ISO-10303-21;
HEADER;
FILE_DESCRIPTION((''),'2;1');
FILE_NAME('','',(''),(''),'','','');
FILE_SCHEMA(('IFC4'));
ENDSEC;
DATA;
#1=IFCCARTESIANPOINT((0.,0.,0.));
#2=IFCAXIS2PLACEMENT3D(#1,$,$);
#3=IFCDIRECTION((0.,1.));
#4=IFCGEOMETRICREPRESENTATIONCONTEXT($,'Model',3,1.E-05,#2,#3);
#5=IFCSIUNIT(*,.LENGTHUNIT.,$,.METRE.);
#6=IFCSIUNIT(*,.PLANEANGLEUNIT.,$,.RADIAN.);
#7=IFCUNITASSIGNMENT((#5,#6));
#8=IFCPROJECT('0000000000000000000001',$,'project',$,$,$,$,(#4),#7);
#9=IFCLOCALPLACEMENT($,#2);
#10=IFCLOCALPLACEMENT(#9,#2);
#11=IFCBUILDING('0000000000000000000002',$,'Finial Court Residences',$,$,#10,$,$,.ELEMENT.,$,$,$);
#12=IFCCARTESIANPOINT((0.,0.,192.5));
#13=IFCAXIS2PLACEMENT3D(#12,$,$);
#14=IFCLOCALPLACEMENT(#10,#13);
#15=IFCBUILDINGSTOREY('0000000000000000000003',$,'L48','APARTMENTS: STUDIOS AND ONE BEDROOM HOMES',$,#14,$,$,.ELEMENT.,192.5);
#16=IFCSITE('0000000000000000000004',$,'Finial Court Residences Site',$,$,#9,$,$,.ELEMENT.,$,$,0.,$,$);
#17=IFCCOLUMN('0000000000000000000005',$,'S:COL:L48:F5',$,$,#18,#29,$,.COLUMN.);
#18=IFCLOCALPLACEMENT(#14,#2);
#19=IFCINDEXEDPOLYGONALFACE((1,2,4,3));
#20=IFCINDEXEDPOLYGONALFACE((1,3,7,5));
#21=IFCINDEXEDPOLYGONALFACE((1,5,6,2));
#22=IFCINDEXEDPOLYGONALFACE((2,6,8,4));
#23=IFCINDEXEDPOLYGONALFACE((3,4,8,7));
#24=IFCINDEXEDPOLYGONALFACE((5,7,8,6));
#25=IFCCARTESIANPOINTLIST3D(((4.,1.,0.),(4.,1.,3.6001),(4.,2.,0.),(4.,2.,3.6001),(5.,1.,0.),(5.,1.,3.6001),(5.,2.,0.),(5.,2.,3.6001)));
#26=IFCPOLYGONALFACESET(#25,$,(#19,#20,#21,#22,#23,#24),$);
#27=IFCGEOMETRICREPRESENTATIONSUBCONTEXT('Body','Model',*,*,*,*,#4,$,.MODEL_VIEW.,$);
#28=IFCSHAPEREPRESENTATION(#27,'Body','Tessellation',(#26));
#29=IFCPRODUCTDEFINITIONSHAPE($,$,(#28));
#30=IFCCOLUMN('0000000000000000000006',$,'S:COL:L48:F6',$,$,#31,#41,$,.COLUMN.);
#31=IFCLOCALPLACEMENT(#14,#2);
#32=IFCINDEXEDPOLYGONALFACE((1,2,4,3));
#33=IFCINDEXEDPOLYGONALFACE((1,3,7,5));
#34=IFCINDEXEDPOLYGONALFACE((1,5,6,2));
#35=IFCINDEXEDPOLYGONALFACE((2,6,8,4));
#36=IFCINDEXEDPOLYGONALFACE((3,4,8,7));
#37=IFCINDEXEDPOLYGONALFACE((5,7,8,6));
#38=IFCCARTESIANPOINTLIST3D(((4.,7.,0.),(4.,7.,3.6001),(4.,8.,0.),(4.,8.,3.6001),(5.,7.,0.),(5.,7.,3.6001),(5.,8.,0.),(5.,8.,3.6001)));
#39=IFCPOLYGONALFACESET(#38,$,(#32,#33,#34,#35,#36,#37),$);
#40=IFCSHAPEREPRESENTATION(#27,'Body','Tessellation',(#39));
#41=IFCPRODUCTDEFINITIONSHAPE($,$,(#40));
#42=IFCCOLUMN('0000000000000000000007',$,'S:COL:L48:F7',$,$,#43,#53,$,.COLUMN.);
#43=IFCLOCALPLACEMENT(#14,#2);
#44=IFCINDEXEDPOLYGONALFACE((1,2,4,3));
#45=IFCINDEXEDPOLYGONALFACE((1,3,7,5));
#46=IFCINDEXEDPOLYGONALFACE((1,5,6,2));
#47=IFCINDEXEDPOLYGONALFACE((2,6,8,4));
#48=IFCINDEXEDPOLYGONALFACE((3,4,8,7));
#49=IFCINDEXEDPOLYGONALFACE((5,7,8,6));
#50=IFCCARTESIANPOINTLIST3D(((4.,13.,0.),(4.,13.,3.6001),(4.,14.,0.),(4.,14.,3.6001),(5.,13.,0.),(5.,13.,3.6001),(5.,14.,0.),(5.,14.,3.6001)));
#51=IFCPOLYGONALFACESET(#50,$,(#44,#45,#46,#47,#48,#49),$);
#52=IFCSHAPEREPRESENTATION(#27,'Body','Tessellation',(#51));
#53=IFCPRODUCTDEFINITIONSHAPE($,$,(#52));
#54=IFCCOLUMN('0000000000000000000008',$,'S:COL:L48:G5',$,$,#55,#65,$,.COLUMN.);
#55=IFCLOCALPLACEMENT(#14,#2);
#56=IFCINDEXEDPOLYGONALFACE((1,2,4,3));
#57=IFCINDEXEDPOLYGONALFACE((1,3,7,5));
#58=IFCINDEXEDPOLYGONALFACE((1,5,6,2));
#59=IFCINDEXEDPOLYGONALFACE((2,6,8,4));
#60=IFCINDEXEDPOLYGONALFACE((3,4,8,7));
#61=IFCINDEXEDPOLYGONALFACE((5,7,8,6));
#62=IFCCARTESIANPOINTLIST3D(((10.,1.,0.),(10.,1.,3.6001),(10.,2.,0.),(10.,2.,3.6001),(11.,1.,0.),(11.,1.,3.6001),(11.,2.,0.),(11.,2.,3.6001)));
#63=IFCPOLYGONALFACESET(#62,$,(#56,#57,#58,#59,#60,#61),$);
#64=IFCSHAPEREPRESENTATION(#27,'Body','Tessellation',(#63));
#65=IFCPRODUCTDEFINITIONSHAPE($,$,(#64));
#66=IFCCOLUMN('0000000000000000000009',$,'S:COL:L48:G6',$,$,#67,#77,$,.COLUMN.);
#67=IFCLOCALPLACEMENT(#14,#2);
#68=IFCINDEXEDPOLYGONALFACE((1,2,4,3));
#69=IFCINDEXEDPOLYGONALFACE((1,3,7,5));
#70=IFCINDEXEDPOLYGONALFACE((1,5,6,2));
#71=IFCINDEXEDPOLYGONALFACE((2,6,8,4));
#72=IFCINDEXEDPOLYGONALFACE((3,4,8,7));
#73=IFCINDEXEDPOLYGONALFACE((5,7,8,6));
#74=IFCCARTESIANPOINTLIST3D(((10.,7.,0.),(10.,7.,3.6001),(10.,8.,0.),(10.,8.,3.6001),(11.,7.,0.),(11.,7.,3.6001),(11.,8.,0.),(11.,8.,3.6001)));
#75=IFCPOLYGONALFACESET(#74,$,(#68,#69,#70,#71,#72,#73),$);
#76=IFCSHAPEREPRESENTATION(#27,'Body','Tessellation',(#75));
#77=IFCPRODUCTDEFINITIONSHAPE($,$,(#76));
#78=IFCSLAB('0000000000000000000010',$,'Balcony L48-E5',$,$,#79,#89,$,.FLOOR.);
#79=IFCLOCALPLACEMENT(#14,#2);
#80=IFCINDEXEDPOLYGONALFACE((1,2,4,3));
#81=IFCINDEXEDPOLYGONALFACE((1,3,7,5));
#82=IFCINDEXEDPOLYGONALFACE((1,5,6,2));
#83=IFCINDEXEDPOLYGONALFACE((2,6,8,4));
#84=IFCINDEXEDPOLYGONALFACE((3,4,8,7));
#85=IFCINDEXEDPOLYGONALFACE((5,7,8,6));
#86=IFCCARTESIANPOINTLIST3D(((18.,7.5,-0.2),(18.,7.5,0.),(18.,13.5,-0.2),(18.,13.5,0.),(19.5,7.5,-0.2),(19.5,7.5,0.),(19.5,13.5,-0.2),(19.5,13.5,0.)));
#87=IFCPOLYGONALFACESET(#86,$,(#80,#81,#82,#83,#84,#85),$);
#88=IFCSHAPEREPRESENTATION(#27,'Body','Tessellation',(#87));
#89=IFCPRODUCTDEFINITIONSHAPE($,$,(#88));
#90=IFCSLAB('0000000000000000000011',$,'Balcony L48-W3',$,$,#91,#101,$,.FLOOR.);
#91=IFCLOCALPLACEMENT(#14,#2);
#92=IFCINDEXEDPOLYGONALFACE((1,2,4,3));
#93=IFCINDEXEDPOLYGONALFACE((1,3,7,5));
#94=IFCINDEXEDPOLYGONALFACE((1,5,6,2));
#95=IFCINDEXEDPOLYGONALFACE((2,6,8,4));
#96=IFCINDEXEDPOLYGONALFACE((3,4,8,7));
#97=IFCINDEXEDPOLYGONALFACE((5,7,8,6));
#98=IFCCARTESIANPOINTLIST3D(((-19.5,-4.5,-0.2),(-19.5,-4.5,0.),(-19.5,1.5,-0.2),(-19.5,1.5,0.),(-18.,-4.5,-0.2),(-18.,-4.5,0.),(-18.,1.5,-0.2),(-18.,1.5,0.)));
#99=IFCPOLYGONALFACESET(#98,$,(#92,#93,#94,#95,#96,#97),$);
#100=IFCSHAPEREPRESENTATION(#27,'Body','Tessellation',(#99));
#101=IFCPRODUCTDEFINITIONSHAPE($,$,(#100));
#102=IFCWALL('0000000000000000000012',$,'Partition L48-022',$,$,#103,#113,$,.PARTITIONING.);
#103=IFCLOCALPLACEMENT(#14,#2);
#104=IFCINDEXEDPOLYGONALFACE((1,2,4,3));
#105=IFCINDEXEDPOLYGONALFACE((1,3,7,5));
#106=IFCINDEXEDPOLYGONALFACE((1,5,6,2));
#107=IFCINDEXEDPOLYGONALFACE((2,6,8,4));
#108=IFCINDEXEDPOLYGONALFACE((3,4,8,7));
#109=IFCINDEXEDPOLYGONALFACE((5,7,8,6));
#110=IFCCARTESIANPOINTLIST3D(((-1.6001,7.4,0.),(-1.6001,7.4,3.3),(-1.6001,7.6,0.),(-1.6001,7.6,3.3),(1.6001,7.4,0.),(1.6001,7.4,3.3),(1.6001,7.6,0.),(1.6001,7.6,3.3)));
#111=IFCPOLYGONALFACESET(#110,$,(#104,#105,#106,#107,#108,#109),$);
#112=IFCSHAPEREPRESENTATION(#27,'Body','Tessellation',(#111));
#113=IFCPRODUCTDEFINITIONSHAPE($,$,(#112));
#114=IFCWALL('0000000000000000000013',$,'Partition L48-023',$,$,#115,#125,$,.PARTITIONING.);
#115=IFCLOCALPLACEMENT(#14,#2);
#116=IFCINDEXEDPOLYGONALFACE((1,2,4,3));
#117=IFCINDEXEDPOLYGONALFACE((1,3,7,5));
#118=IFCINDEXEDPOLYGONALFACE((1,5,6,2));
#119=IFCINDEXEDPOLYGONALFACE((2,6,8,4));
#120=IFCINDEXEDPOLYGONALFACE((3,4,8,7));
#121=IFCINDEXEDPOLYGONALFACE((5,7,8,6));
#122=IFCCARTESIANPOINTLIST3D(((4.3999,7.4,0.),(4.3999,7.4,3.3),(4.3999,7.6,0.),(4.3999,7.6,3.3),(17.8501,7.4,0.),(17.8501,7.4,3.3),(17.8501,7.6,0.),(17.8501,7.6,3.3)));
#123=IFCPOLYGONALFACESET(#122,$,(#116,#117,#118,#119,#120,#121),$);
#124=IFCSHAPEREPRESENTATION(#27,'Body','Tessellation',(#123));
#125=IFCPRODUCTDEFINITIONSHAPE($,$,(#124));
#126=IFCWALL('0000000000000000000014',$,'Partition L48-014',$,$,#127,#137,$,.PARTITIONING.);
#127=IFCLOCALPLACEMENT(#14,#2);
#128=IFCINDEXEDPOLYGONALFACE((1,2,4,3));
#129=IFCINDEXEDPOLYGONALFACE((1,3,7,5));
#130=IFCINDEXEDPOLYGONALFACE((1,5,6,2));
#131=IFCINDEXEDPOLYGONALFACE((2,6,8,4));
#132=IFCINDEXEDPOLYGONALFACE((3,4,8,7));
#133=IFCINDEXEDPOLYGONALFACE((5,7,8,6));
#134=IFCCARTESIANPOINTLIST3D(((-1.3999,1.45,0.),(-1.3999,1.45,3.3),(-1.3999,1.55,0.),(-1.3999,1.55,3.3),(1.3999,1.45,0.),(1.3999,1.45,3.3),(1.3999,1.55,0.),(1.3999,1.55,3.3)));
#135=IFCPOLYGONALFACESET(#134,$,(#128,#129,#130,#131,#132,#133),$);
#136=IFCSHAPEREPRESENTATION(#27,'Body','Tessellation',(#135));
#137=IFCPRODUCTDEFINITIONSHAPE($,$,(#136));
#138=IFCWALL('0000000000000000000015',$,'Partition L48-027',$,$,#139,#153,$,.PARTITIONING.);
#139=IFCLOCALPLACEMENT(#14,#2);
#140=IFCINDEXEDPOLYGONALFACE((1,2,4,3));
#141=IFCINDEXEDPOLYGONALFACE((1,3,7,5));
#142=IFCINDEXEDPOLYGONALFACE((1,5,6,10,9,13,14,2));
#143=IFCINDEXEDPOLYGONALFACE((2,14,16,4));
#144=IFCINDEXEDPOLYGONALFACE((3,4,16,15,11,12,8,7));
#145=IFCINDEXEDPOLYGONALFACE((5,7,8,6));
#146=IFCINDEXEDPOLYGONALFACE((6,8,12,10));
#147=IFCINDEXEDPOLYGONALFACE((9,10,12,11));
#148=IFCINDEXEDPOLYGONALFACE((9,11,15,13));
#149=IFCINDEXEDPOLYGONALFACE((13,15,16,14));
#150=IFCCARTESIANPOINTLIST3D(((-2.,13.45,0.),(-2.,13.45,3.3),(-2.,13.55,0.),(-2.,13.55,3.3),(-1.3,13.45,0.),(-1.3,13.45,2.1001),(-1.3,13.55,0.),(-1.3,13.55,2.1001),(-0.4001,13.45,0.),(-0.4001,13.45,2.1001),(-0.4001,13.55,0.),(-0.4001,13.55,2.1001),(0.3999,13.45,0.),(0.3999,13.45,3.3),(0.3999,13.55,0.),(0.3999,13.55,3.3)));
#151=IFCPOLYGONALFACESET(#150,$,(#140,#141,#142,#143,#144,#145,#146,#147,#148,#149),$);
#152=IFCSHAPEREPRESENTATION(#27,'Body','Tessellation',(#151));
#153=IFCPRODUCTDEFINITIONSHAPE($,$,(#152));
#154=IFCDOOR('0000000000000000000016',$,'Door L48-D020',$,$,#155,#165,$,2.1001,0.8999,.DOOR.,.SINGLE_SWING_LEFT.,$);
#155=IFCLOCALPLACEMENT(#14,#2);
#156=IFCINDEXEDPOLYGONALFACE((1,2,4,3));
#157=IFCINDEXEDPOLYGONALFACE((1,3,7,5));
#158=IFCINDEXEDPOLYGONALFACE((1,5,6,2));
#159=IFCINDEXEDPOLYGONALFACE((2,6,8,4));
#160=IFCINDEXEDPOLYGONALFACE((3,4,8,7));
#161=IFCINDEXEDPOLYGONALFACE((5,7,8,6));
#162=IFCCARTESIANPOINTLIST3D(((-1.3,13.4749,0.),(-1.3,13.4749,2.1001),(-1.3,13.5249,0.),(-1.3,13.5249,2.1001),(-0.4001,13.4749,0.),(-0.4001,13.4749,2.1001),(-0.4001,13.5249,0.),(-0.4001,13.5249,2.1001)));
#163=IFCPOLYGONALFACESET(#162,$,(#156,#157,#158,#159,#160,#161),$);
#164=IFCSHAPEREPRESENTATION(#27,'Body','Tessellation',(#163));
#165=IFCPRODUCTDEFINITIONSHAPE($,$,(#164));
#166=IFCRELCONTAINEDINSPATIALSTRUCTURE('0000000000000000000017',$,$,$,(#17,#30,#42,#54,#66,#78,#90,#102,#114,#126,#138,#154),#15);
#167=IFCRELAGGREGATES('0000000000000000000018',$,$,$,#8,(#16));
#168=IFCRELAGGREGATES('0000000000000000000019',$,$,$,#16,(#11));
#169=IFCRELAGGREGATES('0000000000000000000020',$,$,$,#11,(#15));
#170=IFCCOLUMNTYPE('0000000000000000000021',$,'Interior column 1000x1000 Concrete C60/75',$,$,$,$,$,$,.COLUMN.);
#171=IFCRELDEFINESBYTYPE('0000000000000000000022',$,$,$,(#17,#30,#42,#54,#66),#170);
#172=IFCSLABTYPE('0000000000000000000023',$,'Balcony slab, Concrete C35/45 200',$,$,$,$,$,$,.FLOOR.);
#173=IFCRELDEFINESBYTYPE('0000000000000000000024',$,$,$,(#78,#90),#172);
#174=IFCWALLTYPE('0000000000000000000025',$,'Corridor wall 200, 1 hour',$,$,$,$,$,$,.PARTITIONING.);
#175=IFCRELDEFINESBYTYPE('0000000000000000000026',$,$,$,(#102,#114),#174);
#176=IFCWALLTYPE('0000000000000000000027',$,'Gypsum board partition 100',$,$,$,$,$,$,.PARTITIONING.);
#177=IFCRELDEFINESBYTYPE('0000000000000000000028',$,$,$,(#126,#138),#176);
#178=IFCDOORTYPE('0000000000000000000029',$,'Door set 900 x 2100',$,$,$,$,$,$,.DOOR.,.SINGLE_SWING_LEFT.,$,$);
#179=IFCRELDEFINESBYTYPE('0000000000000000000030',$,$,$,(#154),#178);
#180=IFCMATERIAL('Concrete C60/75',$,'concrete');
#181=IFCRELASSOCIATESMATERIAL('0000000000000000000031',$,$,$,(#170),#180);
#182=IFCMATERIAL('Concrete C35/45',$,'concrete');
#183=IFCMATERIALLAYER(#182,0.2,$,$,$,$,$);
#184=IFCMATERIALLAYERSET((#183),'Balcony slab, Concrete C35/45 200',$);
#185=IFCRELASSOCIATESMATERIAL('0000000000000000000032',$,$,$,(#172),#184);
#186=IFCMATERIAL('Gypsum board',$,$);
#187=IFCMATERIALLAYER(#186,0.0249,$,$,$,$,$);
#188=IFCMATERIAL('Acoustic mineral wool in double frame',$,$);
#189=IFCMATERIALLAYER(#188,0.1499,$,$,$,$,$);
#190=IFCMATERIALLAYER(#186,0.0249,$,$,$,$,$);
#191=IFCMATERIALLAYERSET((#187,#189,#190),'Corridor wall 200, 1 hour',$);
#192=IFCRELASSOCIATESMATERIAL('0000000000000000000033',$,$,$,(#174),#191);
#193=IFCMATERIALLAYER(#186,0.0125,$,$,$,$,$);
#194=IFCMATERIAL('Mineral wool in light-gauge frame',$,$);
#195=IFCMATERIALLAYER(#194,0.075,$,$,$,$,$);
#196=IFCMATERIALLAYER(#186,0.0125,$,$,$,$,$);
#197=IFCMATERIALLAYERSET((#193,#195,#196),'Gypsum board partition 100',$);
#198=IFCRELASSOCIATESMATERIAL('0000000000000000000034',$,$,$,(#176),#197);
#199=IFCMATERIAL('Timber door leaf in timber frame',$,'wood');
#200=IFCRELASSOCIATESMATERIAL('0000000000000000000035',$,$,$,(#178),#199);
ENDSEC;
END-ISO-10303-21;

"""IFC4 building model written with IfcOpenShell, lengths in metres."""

from ifc_helpers import new_model, si_unit, direction, frame, frame_2d, origin, origin_2d, place, context, subcontext, project, spatial, polyline, rectangle, outline, extrude, material, layer, layer_set, material_profile, profile_set, type_object, element, fill, save


model = new_model("IFC4")

# Units and contexts
model_context = context("Model", 3, precision=1e-05, world=origin(), true_north=direction((0.0, 1.0)))
body_context = subcontext(model_context, "Body", "Model", "MODEL_VIEW")
ifc_project = project(units=[si_unit("LENGTHUNIT", "METRE"), si_unit("PLANEANGLEUNIT", "RADIAN")], contexts=[model_context])

# Site, building, storey
site_placement = place(None, origin())
site = spatial("IfcSite", under=ifc_project, at=site_placement, Name="Finial Court Residences Site", CompositionType="ELEMENT", RefElevation=0.0)
building_placement = place(site_placement, origin())
building = spatial("IfcBuilding", under=site, at=building_placement, Name="Finial Court Residences", CompositionType="ELEMENT")
storey_placement = place(building_placement, frame((0.0, 0.0, 192.5)))
storey = spatial("IfcBuildingStorey", under=building, at=storey_placement, Name="L48", Description="APARTMENTS: STUDIOS AND ONE BEDROOM HOMES", CompositionType="ELEMENT", Elevation=192.5)

# Columns
ifc_material_1 = material(Name="Concrete C60/75", Category="concrete")
ifc_material_profile = material_profile(ifc_material_1, rectangle(XDim=1.0, YDim=1.0, at=origin_2d()), Name="1000x1000")
ifc_profile_set = profile_set([ifc_material_profile], Name="Concrete C60/75")
column_type = type_object("IfcColumnType", Name="Interior column 1000x1000 Concrete C60/75", PredefinedType="COLUMN", material=ifc_profile_set)
for number, where, z_axis, x_axis, name in (
    (1, (4.5, 1.5, 0.0), (0.0, 0.0, 1.0), (1.0, 0.0, 0.0), "S:COL:L48:F5"),
    (2, (4.5, 7.5, 0.0), (0.0, 0.0, 1.0), (1.0, 0.0, 0.0), "S:COL:L48:F6"),
    (3, (4.5, 13.5, 0.0), (0.0, 0.0, 1.0), (1.0, 0.0, 0.0), "S:COL:L48:F7"),
    (4, (10.5, 1.5, 0.0), (0.0, 0.0, 1.0), (1.0, 0.0, 0.0), "S:COL:L48:G5"),
    (5, (10.5, 7.5, 0.0), (0.0, 0.0, 1.0), (1.0, 0.0, 0.0), "S:COL:L48:G6"),
):
    element("IfcColumn", number, at=place(storey_placement, frame(where, z_axis=z_axis, x_axis=x_axis)), inside=storey, type_object=column_type, Name=name, PredefinedType="COLUMN", context=body_context, shape_type="SweptSolid", body=[
        extrude(rectangle(XDim=1.0, YDim=1.0, at=origin_2d()), origin(), (0.0, 0.0, 1.0), 3.6001),
    ])

# Slabs
ifc_material_2 = material(Name="Concrete C35/45", Category="concrete")
ifc_layer_1 = layer(ifc_material_2, 0.2)
ifc_layer_set_1 = layer_set([ifc_layer_1], Name="Balcony slab, Concrete C35/45 200")
slab_type = type_object("IfcSlabType", Name="Balcony slab, Concrete C35/45 200", PredefinedType="FLOOR", material=ifc_layer_set_1)
slab_1_placement = place(storey_placement, frame((0.0, 0.0, -0.2)))
element("IfcSlab", 6, at=slab_1_placement, inside=storey, type_object=slab_type, Name="Balcony L48-E5", PredefinedType="FLOOR", context=body_context, shape_type="SweptSolid", body=[
    extrude(outline(polyline([(19.5, 7.5), (19.5, 13.5), (18.0, 13.5), (18.0, 7.5), (19.5, 7.5)])), origin(), (0.0, 0.0, 1.0), 0.2),
])
slab_2_placement = place(storey_placement, frame((0.0, 0.0, -0.2)))
element("IfcSlab", 7, at=slab_2_placement, inside=storey, type_object=slab_type, Name="Balcony L48-W3", PredefinedType="FLOOR", context=body_context, shape_type="SweptSolid", body=[
    extrude(outline(polyline([(-18.0, -4.5), (-18.0, 1.5), (-19.5, 1.5), (-19.5, -4.5), (-18.0, -4.5)])), origin(), (0.0, 0.0, 1.0), 0.2),
])

# Walls
ifc_material_3 = material(Name="Gypsum board")
ifc_layer_2 = layer(ifc_material_3, 0.0249)
ifc_material_4 = material(Name="Acoustic mineral wool in double frame")
ifc_layer_3 = layer(ifc_material_4, 0.1499)
ifc_layer_4 = layer(ifc_material_3, 0.0249)
ifc_layer_set_2 = layer_set([ifc_layer_2, ifc_layer_3, ifc_layer_4], Name="Corridor wall 200, 1 hour")
wall_type_1 = type_object("IfcWallType", Name="Corridor wall 200, 1 hour", PredefinedType="PARTITIONING", material=ifc_layer_set_2)
wall_1_placement = place(storey_placement, frame((-1.6001, 7.5, 0.0), z_axis=(0.0, 0.0, 1.0), x_axis=(1.0, 0.0, 0.0)))
element("IfcWall", 8, at=wall_1_placement, inside=storey, type_object=wall_type_1, Name="Partition L48-022", PredefinedType="PARTITIONING", context=body_context, shape_type="SweptSolid", body=[
    extrude(rectangle(XDim=3.2002, YDim=0.2, at=frame_2d((1.6001, 0.0))), origin(), (0.0, 0.0, 1.0), 3.3),
])
wall_2_placement = place(storey_placement, frame((4.3999, 7.5, 0.0), z_axis=(0.0, 0.0, 1.0), x_axis=(1.0, 0.0, 0.0)))
element("IfcWall", 9, at=wall_2_placement, inside=storey, type_object=wall_type_1, Name="Partition L48-023", PredefinedType="PARTITIONING", context=body_context, shape_type="SweptSolid", body=[
    extrude(rectangle(XDim=13.4502, YDim=0.2, at=frame_2d((6.7251, 0.0))), origin(), (0.0, 0.0, 1.0), 3.3),
])
ifc_layer_5 = layer(ifc_material_3, 0.0125)
ifc_material_5 = material(Name="Mineral wool in light-gauge frame")
ifc_layer_6 = layer(ifc_material_5, 0.075)
ifc_layer_7 = layer(ifc_material_3, 0.0125)
ifc_layer_set_3 = layer_set([ifc_layer_5, ifc_layer_6, ifc_layer_7], Name="Gypsum board partition 100")
wall_type_2 = type_object("IfcWallType", Name="Gypsum board partition 100", PredefinedType="PARTITIONING", material=ifc_layer_set_3)
wall_3_placement = place(storey_placement, frame((-1.3999, 1.5, 0.0), z_axis=(0.0, 0.0, 1.0), x_axis=(1.0, 0.0, 0.0)))
element("IfcWall", 10, at=wall_3_placement, inside=storey, type_object=wall_type_2, Name="Partition L48-014", PredefinedType="PARTITIONING", context=body_context, shape_type="SweptSolid", body=[
    extrude(rectangle(XDim=2.7998, YDim=0.1001, at=frame_2d((1.3999, 0.0))), origin(), (0.0, 0.0, 1.0), 3.3),
])

# Wall, opening, door
wall_4_placement = place(storey_placement, frame((-2.0, 13.5, 0.0), z_axis=(0.0, 0.0, 1.0), x_axis=(1.0, 0.0, 0.0)))
wall_4 = element("IfcWall", 11, at=wall_4_placement, inside=storey, type_object=wall_type_2, Name="Partition L48-027", PredefinedType="PARTITIONING", context=body_context, shape_type="SweptSolid", body=[
    extrude(rectangle(XDim=2.3999, YDim=0.1001, at=frame_2d((1.2, 0.0))), origin(), (0.0, 0.0, 1.0), 3.3),
])
opening_1_placement = place(wall_4_placement, frame((0.7, 0.0, 0.0)))
opening_1 = element("IfcOpeningElement", 12, at=opening_1_placement, cuts=wall_4, PredefinedType="OPENING", context=body_context, shape_type="SweptSolid", body=[
    extrude(rectangle(XDim=0.8999, YDim=2.1001, at=frame_2d((0.45, 1.05))), frame((0.0, 0.0601, 0.0), z_axis=(0.0, -1.0, 0.0), x_axis=(1.0, 0.0, 0.0)), (0.0, 0.0, 1.0), 0.1201),
])
ifc_material_6 = material(Name="Timber door leaf in timber frame", Category="wood")
door_type = type_object("IfcDoorType", Name="Door set 900 x 2100", OperationType="SINGLE_SWING_LEFT", PredefinedType="DOOR", material=ifc_material_6)
door_1_placement = place(opening_1_placement, origin())
door_1 = element("IfcDoor", 13, at=door_1_placement, inside=storey, type_object=door_type, Name="Door L48-D020", OperationType="SINGLE_SWING_LEFT", OverallHeight=2.1001, OverallWidth=0.8999, PredefinedType="DOOR", context=body_context, shape_type="SweptSolid", body=[
    extrude(rectangle(XDim=0.8999, YDim=2.1001, at=frame_2d((0.45, 1.05))), frame((0.0, 0.0249, 0.0), z_axis=(0.0, -1.0, 0.0), x_axis=(1.0, 0.0, 0.0)), (0.0, 0.0, 1.0), 0.05),
])
fill(opening_1, door_1)

save(model, "model.ifc")
